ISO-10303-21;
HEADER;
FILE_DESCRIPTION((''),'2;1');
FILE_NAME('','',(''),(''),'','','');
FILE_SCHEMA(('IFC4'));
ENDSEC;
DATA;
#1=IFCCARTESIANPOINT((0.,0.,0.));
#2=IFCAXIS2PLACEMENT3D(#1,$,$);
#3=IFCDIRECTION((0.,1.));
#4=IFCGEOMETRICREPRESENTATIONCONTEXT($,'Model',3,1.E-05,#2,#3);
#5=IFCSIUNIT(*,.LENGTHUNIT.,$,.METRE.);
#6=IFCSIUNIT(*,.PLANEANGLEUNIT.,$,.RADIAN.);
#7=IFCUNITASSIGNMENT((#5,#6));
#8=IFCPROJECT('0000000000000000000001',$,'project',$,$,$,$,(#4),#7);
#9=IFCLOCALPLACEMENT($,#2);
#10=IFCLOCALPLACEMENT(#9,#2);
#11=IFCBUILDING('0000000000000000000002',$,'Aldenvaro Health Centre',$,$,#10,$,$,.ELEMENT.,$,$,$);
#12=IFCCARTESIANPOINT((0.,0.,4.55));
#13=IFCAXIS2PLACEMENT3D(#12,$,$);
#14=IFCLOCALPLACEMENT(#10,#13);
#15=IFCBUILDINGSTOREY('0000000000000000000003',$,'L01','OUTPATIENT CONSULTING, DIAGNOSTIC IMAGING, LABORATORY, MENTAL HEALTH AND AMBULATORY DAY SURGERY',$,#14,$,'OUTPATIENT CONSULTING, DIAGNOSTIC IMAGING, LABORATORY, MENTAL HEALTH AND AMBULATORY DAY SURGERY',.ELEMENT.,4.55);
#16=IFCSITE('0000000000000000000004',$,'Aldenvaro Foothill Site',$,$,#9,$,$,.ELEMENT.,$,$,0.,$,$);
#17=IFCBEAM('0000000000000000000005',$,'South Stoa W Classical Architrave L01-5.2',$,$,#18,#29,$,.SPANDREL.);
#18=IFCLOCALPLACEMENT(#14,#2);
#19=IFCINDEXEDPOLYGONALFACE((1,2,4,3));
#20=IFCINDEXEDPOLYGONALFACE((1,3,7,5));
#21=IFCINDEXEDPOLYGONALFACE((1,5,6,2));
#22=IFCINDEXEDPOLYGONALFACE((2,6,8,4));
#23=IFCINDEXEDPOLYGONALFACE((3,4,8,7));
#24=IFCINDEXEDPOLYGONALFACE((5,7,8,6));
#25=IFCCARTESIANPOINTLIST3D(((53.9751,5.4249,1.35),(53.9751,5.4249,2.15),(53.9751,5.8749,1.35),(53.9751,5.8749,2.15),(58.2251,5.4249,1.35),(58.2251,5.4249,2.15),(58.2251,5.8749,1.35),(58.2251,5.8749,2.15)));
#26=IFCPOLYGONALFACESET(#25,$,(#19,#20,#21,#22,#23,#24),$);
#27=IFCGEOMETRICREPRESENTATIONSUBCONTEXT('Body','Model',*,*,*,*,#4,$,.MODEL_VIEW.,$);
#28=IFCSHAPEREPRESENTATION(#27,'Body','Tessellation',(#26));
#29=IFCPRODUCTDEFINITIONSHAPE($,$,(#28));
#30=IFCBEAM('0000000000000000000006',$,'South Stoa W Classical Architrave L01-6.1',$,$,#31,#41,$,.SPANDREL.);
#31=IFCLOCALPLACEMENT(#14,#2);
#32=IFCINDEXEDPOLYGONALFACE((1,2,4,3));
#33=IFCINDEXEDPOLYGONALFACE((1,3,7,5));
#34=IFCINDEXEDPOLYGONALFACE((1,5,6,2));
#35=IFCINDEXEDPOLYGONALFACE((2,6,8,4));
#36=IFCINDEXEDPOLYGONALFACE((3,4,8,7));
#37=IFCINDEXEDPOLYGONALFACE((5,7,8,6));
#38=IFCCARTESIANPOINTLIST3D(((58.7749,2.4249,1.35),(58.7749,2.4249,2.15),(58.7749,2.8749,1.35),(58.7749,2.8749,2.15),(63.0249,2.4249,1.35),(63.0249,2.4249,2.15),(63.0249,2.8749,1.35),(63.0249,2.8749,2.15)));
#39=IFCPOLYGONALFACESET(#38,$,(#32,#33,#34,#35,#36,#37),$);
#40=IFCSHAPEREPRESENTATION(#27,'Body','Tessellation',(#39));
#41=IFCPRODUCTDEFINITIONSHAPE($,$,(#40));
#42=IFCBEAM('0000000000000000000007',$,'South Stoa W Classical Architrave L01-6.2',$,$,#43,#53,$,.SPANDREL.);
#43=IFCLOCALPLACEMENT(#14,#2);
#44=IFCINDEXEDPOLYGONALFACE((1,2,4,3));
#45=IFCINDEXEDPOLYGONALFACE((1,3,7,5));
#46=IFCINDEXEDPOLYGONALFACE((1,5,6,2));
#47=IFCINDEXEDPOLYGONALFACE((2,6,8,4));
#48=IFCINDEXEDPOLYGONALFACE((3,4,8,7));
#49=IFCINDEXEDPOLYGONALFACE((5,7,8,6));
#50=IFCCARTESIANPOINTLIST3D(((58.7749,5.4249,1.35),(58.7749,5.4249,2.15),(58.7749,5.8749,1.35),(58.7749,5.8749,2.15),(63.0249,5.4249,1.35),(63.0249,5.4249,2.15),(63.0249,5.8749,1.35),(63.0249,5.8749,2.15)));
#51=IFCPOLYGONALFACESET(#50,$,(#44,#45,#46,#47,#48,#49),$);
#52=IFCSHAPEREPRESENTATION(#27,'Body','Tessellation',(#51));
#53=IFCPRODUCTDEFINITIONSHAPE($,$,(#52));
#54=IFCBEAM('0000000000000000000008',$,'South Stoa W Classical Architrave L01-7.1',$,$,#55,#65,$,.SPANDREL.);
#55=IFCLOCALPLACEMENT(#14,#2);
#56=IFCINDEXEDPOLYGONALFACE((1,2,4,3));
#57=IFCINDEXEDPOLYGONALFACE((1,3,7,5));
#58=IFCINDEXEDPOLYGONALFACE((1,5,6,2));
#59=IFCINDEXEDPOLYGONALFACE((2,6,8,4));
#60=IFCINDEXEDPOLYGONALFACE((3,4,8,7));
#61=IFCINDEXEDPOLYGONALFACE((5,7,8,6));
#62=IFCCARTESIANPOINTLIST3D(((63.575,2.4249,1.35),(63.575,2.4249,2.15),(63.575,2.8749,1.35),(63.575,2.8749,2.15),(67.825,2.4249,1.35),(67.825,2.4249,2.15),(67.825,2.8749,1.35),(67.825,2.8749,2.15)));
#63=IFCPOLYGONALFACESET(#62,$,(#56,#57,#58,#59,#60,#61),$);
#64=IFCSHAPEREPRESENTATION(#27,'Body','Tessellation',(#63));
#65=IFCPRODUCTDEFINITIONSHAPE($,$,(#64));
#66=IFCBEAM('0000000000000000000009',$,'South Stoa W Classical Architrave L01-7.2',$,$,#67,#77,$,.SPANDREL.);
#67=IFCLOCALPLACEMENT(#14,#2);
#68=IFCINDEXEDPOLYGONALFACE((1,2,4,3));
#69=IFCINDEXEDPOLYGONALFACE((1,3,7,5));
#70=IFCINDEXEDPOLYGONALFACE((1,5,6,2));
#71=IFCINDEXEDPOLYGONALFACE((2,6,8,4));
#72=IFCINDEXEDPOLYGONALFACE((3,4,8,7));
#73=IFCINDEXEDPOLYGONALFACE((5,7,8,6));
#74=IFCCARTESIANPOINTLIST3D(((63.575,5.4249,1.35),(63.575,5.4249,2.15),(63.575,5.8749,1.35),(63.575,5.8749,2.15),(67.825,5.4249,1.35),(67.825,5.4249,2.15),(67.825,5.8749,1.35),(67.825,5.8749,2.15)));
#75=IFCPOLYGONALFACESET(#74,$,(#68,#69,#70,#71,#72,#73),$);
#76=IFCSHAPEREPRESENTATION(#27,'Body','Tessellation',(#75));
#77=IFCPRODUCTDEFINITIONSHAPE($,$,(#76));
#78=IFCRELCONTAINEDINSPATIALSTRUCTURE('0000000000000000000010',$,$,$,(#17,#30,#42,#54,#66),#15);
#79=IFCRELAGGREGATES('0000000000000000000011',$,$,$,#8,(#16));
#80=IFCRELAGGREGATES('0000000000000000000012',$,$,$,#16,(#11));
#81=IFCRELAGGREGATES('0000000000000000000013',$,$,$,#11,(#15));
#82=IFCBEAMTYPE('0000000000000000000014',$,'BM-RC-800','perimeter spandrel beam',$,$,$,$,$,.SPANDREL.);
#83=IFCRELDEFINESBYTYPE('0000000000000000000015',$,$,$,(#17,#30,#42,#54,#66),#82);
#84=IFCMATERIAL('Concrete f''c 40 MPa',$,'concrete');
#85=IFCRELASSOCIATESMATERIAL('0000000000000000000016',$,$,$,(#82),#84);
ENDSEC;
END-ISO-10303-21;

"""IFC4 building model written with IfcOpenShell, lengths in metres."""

from ifc_helpers import new_model, si_unit, direction, frame, origin, origin_2d, place, context, subcontext, project, spatial, rectangle, extrude, material, material_profile, profile_set, type_object, element, save


model = new_model("IFC4")

# Units and contexts
model_context = context("Model", 3, precision=1e-05, world=origin(), true_north=direction((0.0, 1.0)))
body_context = subcontext(model_context, "Body", "Model", "MODEL_VIEW")
ifc_project = project(units=[si_unit("LENGTHUNIT", "METRE"), si_unit("PLANEANGLEUNIT", "RADIAN")], contexts=[model_context])

# Site, building, storey
site_placement = place(None, origin())
site = spatial("IfcSite", under=ifc_project, at=site_placement, Name="Aldenvaro Foothill Site", CompositionType="ELEMENT", RefElevation=0.0)
building_placement = place(site_placement, origin())
building = spatial("IfcBuilding", under=site, at=building_placement, Name="Aldenvaro Health Centre", CompositionType="ELEMENT")
storey_placement = place(building_placement, frame((0.0, 0.0, 4.55)))
storey = spatial("IfcBuildingStorey", under=building, at=storey_placement, Name="L01", Description="OUTPATIENT CONSULTING, DIAGNOSTIC IMAGING, LABORATORY, MENTAL HEALTH AND AMBULATORY DAY SURGERY", LongName="OUTPATIENT CONSULTING, DIAGNOSTIC IMAGING, LABORATORY, MENTAL HEALTH AND AMBULATORY DAY SURGERY", CompositionType="ELEMENT", Elevation=4.55)

# Shared definitions
ifc_material = material(Name="Concrete f'c 40 MPa", Category="concrete")

# Beams
ifc_material_profile_1 = material_profile(ifc_material, rectangle(XDim=0.45, YDim=0.8, at=origin_2d()), Name="RC 450x800", Category="concrete")
ifc_profile_set_1 = profile_set([ifc_material_profile_1], Name="Concrete f'c 40 MPa")
beam_type_1 = type_object("IfcBeamType", Name="BM-RC-800", Description="perimeter spandrel beam", PredefinedType="SPANDREL", material=ifc_profile_set_1)
for number, where, z_axis, x_axis, name in (
    (1, (53.9751, 5.6499, 1.75), (1.0, 0.0, 0.0), (0.0, 1.0, 0.0), "South Stoa W Classical Architrave L01-5.2"),
    (2, (58.7749, 2.6499, 1.75), (1.0, 0.0, 0.0), (0.0, 1.0, 0.0), "South Stoa W Classical Architrave L01-6.1"),
    (3, (58.7749, 5.6499, 1.75), (1.0, 0.0, 0.0), (0.0, 1.0, 0.0), "South Stoa W Classical Architrave L01-6.2"),
    (4, (63.575, 2.6499, 1.75), (1.0, 0.0, 0.0), (0.0, 1.0, 0.0), "South Stoa W Classical Architrave L01-7.1"),
    (5, (63.575, 5.6499, 1.75), (1.0, 0.0, 0.0), (0.0, 1.0, 0.0), "South Stoa W Classical Architrave L01-7.2"),
):
    element("IfcBeam", number, at=place(storey_placement, frame(where, z_axis=z_axis, x_axis=x_axis)), inside=storey, type_object=beam_type_1, Name=name, PredefinedType="SPANDREL", context=body_context, shape_type="SweptSolid", body=[
        extrude(rectangle(XDim=0.45, YDim=0.8, at=origin_2d()), origin(), (0.0, 0.0, 1.0), 4.25),
    ])

save(model, "model.ifc")
